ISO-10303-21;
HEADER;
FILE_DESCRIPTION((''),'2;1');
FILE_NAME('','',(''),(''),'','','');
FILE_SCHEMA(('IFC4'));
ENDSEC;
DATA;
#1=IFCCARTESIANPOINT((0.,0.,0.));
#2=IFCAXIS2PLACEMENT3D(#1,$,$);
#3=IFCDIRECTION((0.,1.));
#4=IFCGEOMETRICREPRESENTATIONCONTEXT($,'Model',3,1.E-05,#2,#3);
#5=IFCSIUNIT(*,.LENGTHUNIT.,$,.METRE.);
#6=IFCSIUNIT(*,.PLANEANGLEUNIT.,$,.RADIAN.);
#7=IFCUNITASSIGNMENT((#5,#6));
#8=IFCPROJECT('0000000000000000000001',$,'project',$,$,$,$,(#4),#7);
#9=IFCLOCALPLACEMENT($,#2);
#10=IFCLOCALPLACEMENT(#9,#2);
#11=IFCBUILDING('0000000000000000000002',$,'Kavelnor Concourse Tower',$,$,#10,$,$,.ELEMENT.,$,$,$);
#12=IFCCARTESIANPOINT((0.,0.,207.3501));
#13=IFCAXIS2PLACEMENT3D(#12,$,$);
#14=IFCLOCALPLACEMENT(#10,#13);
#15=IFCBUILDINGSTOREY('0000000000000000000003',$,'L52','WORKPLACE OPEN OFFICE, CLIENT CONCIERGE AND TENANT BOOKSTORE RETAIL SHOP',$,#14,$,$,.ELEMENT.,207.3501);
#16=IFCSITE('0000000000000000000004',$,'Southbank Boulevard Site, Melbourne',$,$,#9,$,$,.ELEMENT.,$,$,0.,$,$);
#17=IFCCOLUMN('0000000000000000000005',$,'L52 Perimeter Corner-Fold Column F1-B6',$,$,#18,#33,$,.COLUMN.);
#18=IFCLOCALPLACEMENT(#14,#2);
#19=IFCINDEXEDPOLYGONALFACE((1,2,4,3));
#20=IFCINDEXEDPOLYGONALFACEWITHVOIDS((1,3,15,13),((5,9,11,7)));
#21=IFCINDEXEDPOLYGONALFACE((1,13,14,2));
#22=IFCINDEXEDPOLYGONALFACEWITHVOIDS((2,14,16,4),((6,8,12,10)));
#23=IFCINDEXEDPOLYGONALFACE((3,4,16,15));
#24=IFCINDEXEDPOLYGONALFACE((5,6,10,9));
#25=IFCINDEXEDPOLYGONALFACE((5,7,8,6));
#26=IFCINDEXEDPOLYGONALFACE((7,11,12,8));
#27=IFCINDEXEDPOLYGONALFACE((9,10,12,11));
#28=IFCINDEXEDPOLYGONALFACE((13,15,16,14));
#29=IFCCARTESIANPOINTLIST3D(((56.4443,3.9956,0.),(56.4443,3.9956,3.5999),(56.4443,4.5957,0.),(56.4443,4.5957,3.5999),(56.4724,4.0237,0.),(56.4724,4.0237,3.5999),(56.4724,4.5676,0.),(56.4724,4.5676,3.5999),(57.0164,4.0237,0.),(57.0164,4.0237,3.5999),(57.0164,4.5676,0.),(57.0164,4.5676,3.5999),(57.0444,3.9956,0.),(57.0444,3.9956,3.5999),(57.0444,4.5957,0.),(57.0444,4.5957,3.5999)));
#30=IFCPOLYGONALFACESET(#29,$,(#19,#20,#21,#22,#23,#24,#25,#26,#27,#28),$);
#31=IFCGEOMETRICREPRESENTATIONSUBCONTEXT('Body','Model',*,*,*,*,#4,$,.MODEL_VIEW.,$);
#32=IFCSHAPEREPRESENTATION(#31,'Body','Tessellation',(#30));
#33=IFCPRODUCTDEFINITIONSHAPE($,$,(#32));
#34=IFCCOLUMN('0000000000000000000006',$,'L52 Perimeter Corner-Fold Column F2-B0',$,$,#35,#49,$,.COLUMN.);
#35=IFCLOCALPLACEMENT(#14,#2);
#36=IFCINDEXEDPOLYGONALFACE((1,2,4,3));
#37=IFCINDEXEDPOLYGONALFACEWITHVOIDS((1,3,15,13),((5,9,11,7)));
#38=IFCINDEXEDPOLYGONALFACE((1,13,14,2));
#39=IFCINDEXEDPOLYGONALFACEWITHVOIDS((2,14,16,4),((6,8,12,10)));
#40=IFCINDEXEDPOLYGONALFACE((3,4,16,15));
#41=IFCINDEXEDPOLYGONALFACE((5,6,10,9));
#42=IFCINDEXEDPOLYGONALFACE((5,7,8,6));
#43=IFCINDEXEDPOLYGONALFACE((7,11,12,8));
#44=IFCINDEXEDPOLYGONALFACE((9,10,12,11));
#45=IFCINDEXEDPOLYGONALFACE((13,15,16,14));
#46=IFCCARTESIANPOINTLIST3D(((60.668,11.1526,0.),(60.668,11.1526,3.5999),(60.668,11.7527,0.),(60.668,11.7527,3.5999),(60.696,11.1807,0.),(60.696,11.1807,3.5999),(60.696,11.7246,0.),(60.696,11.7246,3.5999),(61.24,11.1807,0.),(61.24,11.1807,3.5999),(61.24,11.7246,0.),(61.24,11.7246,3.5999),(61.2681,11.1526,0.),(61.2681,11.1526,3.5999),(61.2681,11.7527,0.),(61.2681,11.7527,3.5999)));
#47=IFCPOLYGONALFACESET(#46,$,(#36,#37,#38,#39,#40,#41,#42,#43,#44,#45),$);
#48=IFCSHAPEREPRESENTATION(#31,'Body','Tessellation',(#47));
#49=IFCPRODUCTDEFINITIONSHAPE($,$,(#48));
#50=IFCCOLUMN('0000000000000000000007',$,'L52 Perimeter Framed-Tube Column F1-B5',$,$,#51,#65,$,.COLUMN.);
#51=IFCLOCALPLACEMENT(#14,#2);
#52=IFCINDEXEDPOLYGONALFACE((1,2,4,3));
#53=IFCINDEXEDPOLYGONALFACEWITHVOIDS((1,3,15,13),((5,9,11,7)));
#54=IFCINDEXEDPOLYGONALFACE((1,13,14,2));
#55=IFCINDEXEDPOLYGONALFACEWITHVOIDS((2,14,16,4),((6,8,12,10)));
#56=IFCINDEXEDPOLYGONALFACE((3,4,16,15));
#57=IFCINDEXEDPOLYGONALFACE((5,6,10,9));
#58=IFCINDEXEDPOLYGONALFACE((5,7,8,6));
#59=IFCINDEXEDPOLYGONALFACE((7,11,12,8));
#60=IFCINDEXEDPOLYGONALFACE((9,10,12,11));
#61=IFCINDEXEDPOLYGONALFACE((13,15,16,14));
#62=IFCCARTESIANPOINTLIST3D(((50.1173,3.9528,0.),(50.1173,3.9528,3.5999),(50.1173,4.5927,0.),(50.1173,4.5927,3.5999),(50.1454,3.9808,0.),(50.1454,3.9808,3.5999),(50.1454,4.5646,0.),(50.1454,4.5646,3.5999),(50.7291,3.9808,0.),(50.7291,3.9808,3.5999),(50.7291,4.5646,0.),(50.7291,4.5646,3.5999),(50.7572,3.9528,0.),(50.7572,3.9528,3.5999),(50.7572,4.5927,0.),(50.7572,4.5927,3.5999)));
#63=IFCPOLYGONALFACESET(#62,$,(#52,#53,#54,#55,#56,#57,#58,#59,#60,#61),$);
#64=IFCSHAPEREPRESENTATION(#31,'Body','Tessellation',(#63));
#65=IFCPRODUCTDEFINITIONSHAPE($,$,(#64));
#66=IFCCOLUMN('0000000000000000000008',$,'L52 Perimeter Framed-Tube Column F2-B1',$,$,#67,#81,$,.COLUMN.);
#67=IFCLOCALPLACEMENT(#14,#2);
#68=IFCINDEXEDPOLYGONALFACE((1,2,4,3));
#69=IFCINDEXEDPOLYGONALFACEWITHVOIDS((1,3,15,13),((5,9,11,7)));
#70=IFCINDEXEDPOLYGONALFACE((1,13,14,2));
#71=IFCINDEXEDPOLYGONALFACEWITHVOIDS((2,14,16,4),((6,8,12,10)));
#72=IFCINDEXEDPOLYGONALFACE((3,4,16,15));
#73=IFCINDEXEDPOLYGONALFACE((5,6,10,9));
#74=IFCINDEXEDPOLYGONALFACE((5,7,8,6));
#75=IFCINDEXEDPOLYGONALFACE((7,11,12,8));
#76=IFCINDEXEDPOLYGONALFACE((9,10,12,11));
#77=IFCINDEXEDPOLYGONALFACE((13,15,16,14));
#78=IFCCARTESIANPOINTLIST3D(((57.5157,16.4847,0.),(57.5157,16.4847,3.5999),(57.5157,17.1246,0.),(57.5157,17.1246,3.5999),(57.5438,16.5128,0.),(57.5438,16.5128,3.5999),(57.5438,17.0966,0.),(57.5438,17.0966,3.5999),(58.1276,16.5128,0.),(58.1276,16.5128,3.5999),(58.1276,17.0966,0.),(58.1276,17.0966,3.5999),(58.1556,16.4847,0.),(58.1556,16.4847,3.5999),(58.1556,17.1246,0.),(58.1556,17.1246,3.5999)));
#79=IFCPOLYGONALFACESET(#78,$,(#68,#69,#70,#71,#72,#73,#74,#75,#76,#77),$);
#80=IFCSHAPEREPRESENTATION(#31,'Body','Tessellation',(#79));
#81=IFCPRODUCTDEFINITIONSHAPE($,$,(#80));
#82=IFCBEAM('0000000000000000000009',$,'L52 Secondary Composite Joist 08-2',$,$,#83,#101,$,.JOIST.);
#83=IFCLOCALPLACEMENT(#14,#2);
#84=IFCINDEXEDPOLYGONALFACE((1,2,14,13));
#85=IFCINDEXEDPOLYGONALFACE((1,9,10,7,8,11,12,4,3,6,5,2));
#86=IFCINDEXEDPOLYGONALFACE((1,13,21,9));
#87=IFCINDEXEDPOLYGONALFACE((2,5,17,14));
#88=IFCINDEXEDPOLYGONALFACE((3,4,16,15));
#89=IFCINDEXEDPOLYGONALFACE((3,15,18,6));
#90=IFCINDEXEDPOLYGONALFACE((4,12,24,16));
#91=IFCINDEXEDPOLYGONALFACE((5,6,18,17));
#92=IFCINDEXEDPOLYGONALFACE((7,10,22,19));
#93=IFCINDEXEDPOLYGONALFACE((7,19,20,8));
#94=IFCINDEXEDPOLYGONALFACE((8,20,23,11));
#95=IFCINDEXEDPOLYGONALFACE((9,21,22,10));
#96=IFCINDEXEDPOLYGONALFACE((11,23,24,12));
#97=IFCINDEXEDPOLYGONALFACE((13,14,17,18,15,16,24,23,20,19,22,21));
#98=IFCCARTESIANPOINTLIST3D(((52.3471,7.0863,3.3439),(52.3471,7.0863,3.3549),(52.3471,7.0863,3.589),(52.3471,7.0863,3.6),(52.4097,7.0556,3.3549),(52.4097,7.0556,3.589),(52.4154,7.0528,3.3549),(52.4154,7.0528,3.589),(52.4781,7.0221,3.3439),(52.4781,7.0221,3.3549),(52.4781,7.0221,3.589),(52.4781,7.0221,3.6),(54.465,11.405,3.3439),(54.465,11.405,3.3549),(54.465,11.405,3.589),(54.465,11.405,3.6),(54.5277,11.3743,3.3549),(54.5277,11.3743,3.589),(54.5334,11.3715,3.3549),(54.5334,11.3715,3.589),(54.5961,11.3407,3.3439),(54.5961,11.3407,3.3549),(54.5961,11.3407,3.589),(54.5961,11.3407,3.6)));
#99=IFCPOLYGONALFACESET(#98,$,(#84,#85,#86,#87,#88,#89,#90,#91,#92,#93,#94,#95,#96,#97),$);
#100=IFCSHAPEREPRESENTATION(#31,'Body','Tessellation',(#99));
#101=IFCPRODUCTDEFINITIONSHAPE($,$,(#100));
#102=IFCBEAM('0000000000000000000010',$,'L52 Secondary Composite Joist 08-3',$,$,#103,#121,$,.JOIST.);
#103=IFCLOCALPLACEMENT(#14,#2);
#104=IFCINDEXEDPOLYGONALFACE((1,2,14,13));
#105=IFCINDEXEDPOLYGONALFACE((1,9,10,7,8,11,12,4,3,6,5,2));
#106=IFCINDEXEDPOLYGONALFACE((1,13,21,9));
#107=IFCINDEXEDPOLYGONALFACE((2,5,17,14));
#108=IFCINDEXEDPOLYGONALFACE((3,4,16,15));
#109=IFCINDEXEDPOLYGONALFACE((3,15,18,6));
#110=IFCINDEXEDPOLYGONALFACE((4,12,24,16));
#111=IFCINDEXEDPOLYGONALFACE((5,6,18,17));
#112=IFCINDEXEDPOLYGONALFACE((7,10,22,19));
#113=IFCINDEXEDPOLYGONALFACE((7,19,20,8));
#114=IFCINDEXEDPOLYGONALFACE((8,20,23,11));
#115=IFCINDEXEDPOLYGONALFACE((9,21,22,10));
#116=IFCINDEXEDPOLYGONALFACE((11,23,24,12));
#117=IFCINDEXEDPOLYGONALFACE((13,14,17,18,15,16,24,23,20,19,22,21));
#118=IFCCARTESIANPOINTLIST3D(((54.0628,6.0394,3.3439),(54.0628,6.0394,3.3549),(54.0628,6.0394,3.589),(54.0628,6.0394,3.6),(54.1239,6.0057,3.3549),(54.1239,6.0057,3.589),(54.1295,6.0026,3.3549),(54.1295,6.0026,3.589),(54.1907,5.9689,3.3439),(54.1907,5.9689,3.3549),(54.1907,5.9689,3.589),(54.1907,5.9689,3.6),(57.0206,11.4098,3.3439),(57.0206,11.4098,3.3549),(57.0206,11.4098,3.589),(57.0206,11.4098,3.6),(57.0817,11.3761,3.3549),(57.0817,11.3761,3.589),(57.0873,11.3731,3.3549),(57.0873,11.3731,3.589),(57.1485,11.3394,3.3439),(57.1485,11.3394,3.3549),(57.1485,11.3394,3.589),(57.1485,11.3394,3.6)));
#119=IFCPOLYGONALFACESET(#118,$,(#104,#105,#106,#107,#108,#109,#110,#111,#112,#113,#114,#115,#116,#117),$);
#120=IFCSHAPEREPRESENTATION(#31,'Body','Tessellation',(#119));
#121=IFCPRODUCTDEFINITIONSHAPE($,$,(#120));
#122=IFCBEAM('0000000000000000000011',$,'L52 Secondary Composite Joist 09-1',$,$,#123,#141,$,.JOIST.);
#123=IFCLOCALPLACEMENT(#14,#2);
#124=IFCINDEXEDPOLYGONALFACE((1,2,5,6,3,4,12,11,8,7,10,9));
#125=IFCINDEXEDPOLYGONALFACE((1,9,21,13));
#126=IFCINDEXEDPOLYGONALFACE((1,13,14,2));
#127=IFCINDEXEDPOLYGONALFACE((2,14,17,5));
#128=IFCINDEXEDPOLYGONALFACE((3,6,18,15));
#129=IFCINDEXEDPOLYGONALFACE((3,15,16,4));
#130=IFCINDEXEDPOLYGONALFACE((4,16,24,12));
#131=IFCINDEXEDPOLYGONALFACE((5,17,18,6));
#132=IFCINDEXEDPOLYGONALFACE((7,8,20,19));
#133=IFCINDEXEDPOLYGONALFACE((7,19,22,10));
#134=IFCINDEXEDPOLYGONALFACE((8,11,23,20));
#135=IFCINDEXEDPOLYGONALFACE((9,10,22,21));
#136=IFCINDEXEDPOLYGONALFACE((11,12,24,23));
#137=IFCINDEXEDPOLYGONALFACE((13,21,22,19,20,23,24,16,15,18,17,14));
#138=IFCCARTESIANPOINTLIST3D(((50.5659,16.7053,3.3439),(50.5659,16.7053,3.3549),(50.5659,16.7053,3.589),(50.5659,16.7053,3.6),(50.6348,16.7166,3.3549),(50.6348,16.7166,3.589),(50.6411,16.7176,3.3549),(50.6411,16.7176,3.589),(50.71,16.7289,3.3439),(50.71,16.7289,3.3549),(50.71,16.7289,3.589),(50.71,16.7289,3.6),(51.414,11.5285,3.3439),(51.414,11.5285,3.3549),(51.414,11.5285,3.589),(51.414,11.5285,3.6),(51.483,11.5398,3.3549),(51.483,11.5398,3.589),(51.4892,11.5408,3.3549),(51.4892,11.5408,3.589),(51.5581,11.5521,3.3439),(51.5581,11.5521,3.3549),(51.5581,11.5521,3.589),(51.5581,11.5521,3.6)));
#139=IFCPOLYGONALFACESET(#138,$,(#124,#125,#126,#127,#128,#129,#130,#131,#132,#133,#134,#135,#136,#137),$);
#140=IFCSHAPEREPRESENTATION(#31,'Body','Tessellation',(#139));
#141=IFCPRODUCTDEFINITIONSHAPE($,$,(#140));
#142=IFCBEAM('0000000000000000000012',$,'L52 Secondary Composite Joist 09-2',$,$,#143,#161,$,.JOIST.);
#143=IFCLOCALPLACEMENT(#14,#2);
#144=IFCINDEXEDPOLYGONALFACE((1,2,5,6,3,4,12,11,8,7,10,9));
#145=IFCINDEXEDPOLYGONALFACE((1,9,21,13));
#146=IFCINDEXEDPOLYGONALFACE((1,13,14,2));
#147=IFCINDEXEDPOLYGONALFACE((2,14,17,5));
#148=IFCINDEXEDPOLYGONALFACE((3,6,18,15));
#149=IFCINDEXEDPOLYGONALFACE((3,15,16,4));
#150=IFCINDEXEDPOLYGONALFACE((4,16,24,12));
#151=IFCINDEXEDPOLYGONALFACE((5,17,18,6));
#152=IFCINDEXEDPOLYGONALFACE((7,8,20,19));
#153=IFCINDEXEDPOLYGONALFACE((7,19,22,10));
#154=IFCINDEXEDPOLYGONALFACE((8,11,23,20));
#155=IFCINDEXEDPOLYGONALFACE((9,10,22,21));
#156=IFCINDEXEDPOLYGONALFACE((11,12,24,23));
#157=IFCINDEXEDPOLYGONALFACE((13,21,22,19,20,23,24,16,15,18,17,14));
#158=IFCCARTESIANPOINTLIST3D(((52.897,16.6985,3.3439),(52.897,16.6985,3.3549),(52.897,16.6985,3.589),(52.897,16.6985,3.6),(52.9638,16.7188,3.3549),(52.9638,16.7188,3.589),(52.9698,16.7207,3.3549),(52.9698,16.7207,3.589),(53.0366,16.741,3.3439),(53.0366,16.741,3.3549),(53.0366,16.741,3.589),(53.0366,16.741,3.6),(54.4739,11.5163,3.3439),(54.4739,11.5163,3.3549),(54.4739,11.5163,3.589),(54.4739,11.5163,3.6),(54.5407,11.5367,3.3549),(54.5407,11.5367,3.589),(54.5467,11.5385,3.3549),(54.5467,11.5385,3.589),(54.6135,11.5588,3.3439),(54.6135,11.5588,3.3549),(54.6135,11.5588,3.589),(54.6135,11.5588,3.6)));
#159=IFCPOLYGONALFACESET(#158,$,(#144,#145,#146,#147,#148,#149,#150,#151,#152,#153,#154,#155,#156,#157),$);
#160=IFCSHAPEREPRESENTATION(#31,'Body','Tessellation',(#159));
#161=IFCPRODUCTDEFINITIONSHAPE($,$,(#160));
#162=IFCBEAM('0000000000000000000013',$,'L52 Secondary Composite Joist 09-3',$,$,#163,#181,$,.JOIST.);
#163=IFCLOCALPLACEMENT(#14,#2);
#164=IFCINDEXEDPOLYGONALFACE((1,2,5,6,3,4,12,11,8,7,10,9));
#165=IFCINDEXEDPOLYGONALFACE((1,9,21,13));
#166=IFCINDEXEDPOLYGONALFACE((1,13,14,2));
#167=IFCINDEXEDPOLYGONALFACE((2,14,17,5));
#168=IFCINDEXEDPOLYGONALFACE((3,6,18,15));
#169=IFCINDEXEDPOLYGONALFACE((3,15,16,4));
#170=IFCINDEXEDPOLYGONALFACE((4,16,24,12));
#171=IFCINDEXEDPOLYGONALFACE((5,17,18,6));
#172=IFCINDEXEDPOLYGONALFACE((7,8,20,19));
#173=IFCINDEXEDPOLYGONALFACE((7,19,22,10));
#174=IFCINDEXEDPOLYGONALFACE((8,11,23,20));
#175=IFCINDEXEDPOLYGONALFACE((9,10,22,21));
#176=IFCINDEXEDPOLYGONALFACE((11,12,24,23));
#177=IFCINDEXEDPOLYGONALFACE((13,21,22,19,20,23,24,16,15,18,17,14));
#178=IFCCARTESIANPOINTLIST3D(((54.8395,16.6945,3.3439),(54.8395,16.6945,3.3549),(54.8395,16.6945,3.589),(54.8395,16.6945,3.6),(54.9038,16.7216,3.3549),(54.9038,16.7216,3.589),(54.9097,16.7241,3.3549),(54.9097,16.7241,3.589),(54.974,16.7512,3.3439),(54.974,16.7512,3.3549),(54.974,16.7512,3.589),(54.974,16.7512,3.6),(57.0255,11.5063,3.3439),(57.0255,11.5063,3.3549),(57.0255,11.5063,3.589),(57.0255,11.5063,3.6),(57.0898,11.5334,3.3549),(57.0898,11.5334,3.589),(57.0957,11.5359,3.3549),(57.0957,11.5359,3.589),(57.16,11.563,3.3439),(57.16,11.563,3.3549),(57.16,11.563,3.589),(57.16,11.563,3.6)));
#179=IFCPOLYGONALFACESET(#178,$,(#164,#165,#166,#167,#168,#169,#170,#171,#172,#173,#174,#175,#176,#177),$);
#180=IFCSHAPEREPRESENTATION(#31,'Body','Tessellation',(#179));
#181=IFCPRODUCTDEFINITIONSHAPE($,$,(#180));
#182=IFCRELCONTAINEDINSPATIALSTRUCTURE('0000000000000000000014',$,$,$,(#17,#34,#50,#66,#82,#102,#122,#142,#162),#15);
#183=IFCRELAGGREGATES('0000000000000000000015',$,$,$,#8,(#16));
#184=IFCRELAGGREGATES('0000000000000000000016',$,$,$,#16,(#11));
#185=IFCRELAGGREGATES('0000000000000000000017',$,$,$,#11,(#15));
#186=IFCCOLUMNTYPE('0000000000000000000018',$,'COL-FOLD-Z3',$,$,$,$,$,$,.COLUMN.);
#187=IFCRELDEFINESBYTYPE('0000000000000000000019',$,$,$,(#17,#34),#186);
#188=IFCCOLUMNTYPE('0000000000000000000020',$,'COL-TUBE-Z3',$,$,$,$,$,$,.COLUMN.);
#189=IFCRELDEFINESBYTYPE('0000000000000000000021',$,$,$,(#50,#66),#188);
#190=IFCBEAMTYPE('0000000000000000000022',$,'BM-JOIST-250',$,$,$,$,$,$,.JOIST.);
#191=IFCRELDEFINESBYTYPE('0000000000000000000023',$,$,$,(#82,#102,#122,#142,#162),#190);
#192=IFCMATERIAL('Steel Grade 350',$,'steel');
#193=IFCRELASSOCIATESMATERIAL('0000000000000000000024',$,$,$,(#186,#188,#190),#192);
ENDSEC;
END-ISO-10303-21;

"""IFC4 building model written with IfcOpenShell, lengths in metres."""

from ifc_helpers import new_model, si_unit, direction, frame, origin, origin_2d, place, context, subcontext, project, spatial, hollow_rectangle, i_section, extrude, material, material_profile, profile_set, type_object, element, save


model = new_model("IFC4")

# Units and contexts
model_context = context("Model", 3, precision=1e-05, world=origin(), true_north=direction((0.0, 1.0)))
body_context = subcontext(model_context, "Body", "Model", "MODEL_VIEW")
ifc_project = project(units=[si_unit("LENGTHUNIT", "METRE"), si_unit("PLANEANGLEUNIT", "RADIAN")], contexts=[model_context])

# Site, building, storey
site_placement = place(None, origin())
site = spatial("IfcSite", under=ifc_project, at=site_placement, Name="Southbank Boulevard Site, Melbourne", CompositionType="ELEMENT", RefElevation=0.0)
building_placement = place(site_placement, origin())
building = spatial("IfcBuilding", under=site, at=building_placement, Name="Kavelnor Concourse Tower", CompositionType="ELEMENT")
storey_placement = place(building_placement, frame((0.0, 0.0, 207.3501)))
storey = spatial("IfcBuildingStorey", under=building, at=storey_placement, Name="L52", Description="WORKPLACE OPEN OFFICE, CLIENT CONCIERGE AND TENANT BOOKSTORE RETAIL SHOP", CompositionType="ELEMENT", Elevation=207.3501)

# Columns
ifc_material_1 = material(Name="Steel Grade 350", Category="steel")
ifc_material_profile_1 = material_profile(ifc_material_1, hollow_rectangle(XDim=0.6001, YDim=0.6001, WallThickness=0.0281, at=origin_2d()), Name="SHS 600x600x28")
ifc_profile_set_1 = profile_set([ifc_material_profile_1], Name="Steel Grade 350")
column_type_1 = type_object("IfcColumnType", Name="COL-FOLD-Z3", PredefinedType="COLUMN", material=ifc_profile_set_1)
for number, where, z_axis, x_axis, name in (
    (1, (56.7444, 4.2957, 0.0), (0.0, 0.0, 1.0), (1.0, 0.0, 0.0), "L52 Perimeter Corner-Fold Column F1-B6"),
    (2, (60.968, 11.4526, 0.0), (0.0, 0.0, 1.0), (1.0, 0.0, 0.0), "L52 Perimeter Corner-Fold Column F2-B0"),
):
    element("IfcColumn", number, at=place(storey_placement, frame(where, z_axis=z_axis, x_axis=x_axis)), inside=storey, type_object=column_type_1, Name=name, PredefinedType="COLUMN", context=body_context, shape_type="SweptSolid", body=[
        extrude(hollow_rectangle(XDim=0.6001, YDim=0.6001, WallThickness=0.0281, at=origin_2d()), origin(), (0.0, 0.0, 1.0), 3.5999),
    ])
ifc_material_profile_2 = material_profile(ifc_material_1, hollow_rectangle(XDim=0.6399, YDim=0.6399, WallThickness=0.0281, at=origin_2d()), Name="SHS 640x640x28")
ifc_profile_set_2 = profile_set([ifc_material_profile_2], Name="Steel Grade 350")
column_type_2 = type_object("IfcColumnType", Name="COL-TUBE-Z3", PredefinedType="COLUMN", material=ifc_profile_set_2)
for number, where, z_axis, x_axis, name in (
    (3, (50.4373, 4.2727, 0.0), (0.0, 0.0, 1.0), (1.0, 0.0, 0.0), "L52 Perimeter Framed-Tube Column F1-B5"),
    (4, (57.8357, 16.8047, 0.0), (0.0, 0.0, 1.0), (1.0, 0.0, 0.0), "L52 Perimeter Framed-Tube Column F2-B1"),
):
    element("IfcColumn", number, at=place(storey_placement, frame(where, z_axis=z_axis, x_axis=x_axis)), inside=storey, type_object=column_type_2, Name=name, PredefinedType="COLUMN", context=body_context, shape_type="SweptSolid", body=[
        extrude(hollow_rectangle(XDim=0.6399, YDim=0.6399, WallThickness=0.0281, at=origin_2d()), origin(), (0.0, 0.0, 1.0), 3.5999),
    ])

# Beams
ifc_material_profile_3 = material_profile(ifc_material_1, i_section(OverallWidth=0.146, OverallDepth=0.2561, WebThickness=0.0063, FlangeThickness=0.011, at=origin_2d()), Name="250UB37")
ifc_profile_set_3 = profile_set([ifc_material_profile_3], Name="Steel Grade 350")
beam_type_1 = type_object("IfcBeamType", Name="BM-JOIST-250", PredefinedType="JOIST", material=ifc_profile_set_3)
beam_1_placement = place(storey_placement, frame((52.4126, 7.0542, 3.4719), z_axis=(0.440318, 0.897842, 0.0), x_axis=(-0.897842, 0.440318, 0.0)))
element("IfcBeam", 5, at=beam_1_placement, inside=storey, type_object=beam_type_1, Name="L52 Secondary Composite Joist 08-2", PredefinedType="JOIST", context=body_context, shape_type="SweptSolid", body=[
    extrude(i_section(OverallWidth=0.146, OverallDepth=0.2561, WebThickness=0.0063, FlangeThickness=0.011, at=origin_2d()), origin(), (0.0, 0.0, 1.0), 4.8101),
])
beam_2_placement = place(storey_placement, frame((54.1267, 6.0042, 3.4719), z_axis=(0.482428, 0.875936, 0.0), x_axis=(-0.875936, 0.482428, 0.0)))
element("IfcBeam", 6, at=beam_2_placement, inside=storey, type_object=beam_type_1, Name="L52 Secondary Composite Joist 08-3", PredefinedType="JOIST", context=body_context, shape_type="SweptSolid", body=[
    extrude(i_section(OverallWidth=0.146, OverallDepth=0.2561, WebThickness=0.0063, FlangeThickness=0.011, at=origin_2d()), origin(), (0.0, 0.0, 1.0), 6.1311),
])
beam_3_placement = place(storey_placement, frame((51.4861, 11.5403, 3.4719), z_axis=(-0.161681, 0.986843, 0.0), x_axis=(-0.986843, -0.161681, 0.0)))
element("IfcBeam", 7, at=beam_3_placement, inside=storey, type_object=beam_type_1, Name="L52 Secondary Composite Joist 09-1", PredefinedType="JOIST", context=body_context, shape_type="SweptSolid", body=[
    extrude(i_section(OverallWidth=0.146, OverallDepth=0.2561, WebThickness=0.0063, FlangeThickness=0.011, at=origin_2d()), origin(), (0.0, 0.0, 1.0), 5.2458),
])
beam_4_placement = place(storey_placement, frame((54.5437, 11.5376, 3.4719), z_axis=(-0.291117, 0.956688, 0.0), x_axis=(-0.956688, -0.291117, 0.0)))
element("IfcBeam", 8, at=beam_4_placement, inside=storey, type_object=beam_type_1, Name="L52 Secondary Composite Joist 09-2", PredefinedType="JOIST", context=body_context, shape_type="SweptSolid", body=[
    extrude(i_section(OverallWidth=0.146, OverallDepth=0.2561, WebThickness=0.0063, FlangeThickness=0.011, at=origin_2d()), origin(), (0.0, 0.0, 1.0), 5.4167),
])
beam_5_placement = place(storey_placement, frame((57.0928, 11.5347, 3.4719), z_axis=(-0.388286, 0.921539, 0.0), x_axis=(-0.921539, -0.388286, 0.0)))
element("IfcBeam", 9, at=beam_5_placement, inside=storey, type_object=beam_type_1, Name="L52 Secondary Composite Joist 09-3", PredefinedType="JOIST", context=body_context, shape_type="SweptSolid", body=[
    extrude(i_section(OverallWidth=0.146, OverallDepth=0.2561, WebThickness=0.0063, FlangeThickness=0.011, at=origin_2d()), origin(), (0.0, 0.0, 1.0), 5.6299),
])

save(model, "model.ifc")
